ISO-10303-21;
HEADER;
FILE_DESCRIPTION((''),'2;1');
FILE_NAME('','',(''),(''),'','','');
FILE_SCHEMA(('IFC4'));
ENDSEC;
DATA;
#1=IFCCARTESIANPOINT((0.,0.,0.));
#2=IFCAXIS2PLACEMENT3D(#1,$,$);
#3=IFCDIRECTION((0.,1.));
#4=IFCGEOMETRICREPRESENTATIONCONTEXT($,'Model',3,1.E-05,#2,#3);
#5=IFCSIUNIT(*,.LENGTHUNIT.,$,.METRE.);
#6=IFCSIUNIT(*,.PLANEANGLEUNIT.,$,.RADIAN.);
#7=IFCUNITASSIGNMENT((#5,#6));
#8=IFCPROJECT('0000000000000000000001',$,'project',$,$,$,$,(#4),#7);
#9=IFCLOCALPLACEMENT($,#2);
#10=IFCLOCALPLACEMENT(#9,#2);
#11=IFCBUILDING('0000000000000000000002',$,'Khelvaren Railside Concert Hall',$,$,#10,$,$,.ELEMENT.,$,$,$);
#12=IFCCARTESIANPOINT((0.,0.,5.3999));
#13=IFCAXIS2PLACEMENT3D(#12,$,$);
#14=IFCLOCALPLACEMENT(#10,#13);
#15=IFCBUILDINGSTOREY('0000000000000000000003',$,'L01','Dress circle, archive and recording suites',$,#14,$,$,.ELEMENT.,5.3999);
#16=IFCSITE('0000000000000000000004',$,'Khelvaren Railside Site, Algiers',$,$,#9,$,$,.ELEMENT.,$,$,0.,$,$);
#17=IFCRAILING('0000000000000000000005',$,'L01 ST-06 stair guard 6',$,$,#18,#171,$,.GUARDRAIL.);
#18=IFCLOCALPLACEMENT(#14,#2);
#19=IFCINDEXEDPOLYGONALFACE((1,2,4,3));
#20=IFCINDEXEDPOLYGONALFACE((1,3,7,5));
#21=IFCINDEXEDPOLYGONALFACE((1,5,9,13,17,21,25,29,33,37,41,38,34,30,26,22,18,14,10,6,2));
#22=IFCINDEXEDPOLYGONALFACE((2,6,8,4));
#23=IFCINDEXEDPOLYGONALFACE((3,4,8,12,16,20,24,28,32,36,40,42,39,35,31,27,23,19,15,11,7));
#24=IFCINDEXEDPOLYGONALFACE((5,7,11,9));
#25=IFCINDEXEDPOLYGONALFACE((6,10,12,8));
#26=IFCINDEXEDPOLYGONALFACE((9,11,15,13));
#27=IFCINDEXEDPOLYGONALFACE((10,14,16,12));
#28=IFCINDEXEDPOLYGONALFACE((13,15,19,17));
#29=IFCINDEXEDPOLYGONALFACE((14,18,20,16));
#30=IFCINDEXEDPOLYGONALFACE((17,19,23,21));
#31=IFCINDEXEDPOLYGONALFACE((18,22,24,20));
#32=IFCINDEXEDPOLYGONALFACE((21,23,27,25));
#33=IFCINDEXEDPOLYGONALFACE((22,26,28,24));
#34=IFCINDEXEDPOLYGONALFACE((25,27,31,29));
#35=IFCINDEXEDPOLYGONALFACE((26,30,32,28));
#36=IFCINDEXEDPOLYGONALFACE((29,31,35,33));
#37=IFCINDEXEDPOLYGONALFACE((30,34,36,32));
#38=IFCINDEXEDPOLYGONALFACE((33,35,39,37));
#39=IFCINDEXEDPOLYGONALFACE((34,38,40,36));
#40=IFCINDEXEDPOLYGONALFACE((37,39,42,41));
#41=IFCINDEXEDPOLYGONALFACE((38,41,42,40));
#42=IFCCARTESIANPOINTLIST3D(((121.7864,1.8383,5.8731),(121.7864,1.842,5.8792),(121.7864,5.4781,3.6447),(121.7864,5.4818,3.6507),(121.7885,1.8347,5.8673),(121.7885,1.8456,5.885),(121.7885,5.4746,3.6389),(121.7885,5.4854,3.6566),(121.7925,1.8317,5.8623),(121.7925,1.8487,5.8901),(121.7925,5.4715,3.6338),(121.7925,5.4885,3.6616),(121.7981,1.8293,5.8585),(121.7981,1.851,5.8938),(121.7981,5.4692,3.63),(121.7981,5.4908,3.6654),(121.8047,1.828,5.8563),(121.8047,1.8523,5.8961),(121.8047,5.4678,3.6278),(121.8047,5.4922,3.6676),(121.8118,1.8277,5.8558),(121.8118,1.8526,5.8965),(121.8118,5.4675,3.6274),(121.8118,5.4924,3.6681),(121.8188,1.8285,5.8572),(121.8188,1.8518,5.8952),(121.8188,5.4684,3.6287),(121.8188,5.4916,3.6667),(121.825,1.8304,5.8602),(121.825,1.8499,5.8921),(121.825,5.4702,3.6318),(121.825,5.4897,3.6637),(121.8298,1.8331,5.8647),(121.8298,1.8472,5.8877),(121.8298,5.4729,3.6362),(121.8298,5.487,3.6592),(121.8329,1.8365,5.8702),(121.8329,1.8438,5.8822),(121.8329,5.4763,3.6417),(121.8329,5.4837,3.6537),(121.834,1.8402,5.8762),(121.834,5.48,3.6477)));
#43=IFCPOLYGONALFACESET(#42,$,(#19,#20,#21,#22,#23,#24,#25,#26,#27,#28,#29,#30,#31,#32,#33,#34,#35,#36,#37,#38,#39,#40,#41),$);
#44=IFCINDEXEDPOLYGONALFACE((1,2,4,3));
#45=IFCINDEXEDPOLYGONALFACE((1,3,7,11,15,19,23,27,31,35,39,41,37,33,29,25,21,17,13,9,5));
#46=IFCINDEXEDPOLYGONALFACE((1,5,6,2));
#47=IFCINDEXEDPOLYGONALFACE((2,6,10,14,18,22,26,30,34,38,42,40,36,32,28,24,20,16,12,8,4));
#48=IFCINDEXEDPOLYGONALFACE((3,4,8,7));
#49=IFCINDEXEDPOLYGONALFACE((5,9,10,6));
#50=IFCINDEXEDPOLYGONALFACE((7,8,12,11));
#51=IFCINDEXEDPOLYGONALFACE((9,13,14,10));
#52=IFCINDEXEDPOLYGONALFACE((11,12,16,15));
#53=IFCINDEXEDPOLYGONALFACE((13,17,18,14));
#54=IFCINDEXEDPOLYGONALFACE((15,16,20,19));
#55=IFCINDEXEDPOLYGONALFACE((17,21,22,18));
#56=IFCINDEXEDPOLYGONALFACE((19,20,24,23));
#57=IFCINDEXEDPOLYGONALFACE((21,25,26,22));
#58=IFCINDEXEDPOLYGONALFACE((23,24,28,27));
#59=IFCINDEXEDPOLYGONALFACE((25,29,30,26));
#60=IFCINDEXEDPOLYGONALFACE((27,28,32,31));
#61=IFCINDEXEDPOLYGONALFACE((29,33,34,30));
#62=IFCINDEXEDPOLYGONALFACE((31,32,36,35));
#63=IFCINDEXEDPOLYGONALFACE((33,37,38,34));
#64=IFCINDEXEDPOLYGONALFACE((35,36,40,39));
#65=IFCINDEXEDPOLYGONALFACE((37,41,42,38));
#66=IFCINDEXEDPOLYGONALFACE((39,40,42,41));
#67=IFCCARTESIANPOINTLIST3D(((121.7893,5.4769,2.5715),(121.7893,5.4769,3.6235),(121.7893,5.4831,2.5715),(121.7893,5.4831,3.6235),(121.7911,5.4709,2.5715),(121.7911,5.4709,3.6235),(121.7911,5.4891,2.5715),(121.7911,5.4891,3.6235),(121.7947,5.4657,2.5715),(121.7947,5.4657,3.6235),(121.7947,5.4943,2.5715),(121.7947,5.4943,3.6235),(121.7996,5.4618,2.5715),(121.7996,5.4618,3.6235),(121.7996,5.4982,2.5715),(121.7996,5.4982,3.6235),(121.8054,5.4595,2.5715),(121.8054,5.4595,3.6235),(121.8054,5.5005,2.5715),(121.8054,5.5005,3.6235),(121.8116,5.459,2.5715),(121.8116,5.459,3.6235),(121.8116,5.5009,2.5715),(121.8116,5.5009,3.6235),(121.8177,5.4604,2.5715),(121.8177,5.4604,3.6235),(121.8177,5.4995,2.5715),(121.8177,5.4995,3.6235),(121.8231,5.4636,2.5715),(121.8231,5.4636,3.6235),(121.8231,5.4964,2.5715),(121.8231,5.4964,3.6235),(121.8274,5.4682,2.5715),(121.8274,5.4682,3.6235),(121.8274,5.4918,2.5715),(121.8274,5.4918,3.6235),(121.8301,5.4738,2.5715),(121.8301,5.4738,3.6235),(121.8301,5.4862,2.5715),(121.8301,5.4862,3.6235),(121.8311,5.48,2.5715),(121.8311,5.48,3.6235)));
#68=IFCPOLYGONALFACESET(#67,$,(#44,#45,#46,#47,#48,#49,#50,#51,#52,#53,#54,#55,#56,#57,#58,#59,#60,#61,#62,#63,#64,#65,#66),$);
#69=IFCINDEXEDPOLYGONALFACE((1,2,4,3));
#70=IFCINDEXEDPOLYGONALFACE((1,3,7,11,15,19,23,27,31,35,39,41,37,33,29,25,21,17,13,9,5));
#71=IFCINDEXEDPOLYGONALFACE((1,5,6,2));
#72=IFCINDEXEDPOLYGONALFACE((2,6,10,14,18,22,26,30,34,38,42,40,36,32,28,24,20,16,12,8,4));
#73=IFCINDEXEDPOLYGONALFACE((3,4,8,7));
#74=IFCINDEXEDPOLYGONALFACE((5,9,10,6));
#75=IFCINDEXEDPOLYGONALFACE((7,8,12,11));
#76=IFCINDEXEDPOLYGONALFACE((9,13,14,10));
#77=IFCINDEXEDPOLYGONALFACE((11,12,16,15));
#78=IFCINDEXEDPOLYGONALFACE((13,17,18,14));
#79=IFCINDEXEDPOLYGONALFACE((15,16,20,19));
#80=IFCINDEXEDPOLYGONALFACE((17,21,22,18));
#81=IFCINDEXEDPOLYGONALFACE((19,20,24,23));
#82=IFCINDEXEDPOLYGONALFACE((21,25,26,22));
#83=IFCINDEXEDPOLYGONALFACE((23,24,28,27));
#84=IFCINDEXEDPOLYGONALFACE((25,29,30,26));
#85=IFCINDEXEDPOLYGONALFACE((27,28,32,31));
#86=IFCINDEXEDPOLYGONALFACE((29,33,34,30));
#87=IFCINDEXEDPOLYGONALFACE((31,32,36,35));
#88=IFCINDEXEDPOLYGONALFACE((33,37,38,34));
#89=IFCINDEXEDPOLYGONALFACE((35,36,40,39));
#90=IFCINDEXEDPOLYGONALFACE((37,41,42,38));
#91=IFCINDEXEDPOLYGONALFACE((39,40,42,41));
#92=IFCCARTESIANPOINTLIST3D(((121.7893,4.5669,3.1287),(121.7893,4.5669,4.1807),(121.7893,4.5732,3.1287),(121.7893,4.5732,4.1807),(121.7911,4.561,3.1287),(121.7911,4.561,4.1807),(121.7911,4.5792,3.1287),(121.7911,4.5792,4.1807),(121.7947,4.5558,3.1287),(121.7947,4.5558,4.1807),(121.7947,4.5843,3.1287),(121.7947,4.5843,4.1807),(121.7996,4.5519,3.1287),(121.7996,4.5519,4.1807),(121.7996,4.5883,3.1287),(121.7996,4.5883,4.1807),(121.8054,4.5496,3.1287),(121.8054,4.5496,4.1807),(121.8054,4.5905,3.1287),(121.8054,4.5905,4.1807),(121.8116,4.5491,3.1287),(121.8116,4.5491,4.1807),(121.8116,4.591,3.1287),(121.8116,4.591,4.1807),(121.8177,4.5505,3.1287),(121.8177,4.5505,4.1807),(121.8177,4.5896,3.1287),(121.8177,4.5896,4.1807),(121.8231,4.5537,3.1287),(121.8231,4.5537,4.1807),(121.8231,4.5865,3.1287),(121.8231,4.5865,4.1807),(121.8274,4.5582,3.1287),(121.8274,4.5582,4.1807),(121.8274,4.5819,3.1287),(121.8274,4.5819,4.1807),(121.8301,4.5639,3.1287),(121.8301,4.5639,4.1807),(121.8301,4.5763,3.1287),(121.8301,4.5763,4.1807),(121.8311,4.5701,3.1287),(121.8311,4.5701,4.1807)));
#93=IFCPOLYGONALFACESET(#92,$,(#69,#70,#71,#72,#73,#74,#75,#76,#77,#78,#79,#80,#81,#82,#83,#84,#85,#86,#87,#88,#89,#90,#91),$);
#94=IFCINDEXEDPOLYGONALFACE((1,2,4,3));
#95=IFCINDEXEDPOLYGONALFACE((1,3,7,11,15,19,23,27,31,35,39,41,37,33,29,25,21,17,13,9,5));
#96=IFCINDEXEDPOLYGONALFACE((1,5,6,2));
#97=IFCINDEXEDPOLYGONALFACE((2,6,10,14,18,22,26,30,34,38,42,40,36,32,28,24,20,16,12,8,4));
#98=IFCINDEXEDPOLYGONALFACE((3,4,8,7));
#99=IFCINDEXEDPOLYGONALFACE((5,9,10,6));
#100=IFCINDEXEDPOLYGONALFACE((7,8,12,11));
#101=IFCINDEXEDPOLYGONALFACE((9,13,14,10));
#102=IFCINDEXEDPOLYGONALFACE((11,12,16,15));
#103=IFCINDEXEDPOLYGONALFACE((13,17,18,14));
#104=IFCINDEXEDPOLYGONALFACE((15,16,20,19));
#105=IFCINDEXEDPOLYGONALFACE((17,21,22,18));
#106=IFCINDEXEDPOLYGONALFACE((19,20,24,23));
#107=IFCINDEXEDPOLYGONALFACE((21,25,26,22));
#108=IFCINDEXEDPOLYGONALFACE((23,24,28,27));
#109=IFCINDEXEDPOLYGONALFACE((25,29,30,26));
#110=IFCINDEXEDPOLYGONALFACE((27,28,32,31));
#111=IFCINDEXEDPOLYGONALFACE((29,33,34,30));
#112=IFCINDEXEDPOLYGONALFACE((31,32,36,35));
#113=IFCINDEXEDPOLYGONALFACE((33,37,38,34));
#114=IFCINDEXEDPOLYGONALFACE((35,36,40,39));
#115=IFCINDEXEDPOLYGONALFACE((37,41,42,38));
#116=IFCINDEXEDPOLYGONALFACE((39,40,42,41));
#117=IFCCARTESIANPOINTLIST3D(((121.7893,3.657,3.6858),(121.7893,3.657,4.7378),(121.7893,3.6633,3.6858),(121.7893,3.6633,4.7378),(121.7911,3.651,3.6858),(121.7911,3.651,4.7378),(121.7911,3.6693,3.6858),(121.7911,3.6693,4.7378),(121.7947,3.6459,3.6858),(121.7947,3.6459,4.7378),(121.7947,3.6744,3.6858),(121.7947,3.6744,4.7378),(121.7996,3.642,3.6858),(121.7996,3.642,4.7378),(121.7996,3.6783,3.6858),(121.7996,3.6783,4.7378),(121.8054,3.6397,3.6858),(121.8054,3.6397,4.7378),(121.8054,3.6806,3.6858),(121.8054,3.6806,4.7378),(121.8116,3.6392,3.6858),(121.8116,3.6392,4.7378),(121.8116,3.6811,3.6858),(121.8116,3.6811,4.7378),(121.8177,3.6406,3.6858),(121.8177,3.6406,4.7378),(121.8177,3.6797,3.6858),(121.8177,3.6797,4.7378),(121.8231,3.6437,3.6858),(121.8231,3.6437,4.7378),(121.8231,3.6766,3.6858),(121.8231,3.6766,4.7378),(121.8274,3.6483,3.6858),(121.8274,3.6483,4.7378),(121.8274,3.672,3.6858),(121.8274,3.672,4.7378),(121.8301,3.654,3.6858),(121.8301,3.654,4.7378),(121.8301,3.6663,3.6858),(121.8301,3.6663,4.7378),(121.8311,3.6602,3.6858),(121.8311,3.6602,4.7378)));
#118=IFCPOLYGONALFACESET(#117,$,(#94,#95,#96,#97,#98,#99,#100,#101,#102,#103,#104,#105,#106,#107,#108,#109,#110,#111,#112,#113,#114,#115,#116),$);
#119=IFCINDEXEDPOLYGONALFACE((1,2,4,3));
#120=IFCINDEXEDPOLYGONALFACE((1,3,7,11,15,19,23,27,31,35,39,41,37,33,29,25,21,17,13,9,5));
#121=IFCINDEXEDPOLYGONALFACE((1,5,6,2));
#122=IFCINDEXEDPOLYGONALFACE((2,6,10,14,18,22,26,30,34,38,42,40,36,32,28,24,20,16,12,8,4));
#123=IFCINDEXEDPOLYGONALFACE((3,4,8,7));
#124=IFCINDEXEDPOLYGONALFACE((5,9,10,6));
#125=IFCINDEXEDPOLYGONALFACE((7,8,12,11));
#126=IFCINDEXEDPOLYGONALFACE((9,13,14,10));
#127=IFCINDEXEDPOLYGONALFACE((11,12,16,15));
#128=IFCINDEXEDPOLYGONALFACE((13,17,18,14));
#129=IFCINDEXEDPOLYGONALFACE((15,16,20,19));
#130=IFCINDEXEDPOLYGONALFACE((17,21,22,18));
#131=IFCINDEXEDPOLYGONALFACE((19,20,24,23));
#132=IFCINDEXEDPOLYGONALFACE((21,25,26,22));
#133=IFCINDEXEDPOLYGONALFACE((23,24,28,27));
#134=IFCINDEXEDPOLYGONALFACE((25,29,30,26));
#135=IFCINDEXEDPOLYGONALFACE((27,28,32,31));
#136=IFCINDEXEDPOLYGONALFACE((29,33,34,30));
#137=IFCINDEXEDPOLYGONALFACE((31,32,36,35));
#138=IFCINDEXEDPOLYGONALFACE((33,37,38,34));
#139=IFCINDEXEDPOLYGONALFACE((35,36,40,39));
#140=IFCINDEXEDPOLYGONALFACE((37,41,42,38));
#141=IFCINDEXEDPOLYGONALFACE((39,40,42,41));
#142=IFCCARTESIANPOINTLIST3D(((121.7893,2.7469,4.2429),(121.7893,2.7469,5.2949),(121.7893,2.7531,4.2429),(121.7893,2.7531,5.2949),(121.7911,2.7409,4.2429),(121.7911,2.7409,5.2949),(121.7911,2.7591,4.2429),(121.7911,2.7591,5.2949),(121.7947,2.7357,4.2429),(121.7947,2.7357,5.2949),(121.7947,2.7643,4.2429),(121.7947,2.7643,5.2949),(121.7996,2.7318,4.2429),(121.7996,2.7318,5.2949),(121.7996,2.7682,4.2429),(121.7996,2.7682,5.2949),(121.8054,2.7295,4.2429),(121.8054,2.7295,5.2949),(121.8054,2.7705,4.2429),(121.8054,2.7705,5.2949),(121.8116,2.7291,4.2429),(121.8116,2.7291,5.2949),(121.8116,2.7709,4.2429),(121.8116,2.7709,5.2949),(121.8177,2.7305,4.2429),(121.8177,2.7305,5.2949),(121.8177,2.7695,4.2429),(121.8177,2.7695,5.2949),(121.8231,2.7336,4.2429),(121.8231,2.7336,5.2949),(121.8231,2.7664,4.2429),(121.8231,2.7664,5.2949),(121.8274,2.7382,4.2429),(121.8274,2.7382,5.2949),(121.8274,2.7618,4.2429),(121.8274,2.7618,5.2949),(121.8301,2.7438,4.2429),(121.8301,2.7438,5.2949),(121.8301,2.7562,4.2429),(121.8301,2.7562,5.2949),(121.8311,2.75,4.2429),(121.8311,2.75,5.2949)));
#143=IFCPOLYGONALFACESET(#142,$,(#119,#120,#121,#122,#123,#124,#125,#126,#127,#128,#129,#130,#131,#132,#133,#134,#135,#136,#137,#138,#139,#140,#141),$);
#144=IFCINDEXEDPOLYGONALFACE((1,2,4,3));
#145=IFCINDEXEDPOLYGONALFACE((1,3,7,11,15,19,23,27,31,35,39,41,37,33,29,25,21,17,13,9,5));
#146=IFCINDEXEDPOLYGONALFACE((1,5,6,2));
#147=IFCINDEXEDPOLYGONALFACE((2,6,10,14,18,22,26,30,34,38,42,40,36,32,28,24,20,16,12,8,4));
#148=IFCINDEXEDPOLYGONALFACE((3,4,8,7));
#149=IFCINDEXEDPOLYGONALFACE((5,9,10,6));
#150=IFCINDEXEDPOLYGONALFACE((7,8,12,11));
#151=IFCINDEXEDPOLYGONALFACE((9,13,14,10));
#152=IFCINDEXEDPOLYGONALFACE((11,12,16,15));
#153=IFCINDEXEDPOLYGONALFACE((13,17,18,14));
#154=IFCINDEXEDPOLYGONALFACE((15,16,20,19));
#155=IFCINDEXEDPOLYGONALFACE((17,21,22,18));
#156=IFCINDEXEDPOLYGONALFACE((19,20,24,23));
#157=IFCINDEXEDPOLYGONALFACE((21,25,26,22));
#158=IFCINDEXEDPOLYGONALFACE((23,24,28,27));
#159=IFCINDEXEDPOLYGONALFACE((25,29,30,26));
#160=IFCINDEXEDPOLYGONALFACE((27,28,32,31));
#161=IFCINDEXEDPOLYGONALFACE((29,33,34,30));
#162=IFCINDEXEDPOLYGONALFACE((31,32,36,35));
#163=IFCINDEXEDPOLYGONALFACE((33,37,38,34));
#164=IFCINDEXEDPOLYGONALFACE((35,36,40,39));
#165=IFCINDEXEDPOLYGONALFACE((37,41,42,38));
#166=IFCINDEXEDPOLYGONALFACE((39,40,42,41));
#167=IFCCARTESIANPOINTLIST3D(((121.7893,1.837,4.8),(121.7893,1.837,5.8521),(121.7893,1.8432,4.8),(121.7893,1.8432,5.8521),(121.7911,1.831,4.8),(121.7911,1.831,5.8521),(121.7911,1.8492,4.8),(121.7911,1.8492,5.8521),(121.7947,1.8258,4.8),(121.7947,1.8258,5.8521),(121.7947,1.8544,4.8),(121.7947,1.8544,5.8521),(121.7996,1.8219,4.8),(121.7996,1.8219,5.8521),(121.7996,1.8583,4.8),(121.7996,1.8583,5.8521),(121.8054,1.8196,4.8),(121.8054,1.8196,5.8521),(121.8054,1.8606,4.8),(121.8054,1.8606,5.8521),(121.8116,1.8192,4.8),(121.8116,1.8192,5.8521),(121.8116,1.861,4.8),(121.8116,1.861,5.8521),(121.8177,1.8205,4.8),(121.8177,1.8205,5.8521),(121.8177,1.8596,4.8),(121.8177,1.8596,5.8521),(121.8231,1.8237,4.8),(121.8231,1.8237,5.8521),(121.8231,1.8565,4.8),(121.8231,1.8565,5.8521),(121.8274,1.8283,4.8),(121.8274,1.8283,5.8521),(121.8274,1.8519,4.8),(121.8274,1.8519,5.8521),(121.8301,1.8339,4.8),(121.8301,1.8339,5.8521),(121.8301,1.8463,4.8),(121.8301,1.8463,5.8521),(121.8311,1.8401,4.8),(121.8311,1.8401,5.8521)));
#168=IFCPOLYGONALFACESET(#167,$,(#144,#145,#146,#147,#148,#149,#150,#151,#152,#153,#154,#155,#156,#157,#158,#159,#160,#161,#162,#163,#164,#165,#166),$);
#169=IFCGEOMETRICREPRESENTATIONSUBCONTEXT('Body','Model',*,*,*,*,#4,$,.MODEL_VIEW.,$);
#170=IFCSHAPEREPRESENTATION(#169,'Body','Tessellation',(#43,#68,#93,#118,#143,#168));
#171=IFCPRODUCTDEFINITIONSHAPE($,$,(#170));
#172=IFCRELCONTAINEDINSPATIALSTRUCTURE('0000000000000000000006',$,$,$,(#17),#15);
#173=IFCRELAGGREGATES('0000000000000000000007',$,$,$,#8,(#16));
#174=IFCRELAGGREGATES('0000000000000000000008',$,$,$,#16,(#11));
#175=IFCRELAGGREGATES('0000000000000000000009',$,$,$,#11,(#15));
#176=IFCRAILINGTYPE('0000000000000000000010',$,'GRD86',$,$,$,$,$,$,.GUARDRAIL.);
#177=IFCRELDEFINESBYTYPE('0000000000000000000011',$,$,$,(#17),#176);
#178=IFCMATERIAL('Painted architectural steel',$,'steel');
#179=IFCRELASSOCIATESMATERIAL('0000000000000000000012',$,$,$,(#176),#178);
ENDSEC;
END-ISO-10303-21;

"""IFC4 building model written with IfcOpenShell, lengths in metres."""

from ifc_helpers import new_model, si_unit, direction, frame, origin, origin_2d, place, context, subcontext, project, spatial, circle, extrude, material, type_object, element, save


model = new_model("IFC4")

# Units and contexts
model_context = context("Model", 3, precision=1e-05, world=origin(), true_north=direction((0.0, 1.0)))
body_context = subcontext(model_context, "Body", "Model", "MODEL_VIEW")
ifc_project = project(units=[si_unit("LENGTHUNIT", "METRE"), si_unit("PLANEANGLEUNIT", "RADIAN")], contexts=[model_context])

# Site, building, storey
site_placement = place(None, origin())
site = spatial("IfcSite", under=ifc_project, at=site_placement, Name="Khelvaren Railside Site, Algiers", CompositionType="ELEMENT", RefElevation=0.0)
building_placement = place(site_placement, origin())
building = spatial("IfcBuilding", under=site, at=building_placement, Name="Khelvaren Railside Concert Hall", CompositionType="ELEMENT")
storey_placement = place(building_placement, frame((0.0, 0.0, 5.3999)))
storey = spatial("IfcBuildingStorey", under=building, at=storey_placement, Name="L01", Description="Dress circle, archive and recording suites", CompositionType="ELEMENT", Elevation=5.3999)

# Railing
ifc_material_1 = material(Name="Painted architectural steel", Category="steel")
railing_type_1 = type_object("IfcRailingType", Name="GRD86", PredefinedType="GUARDRAIL", material=ifc_material_1)
railing_1_placement = place(storey_placement, frame((121.8101, 5.48, 2.5715)))
element("IfcRailing", 1, at=railing_1_placement, inside=storey, type_object=railing_type_1, Name="L01 ST-06 stair guard 6", PredefinedType="GUARDRAIL", context=body_context, shape_type="SweptSolid", body=[
    extrude(circle(Radius=0.0239, at=origin_2d()), frame((0.0, 0.0, 1.0762), z_axis=(0.0, -0.85285, 0.522156), x_axis=(1.0, 0.0, 0.0)), (0.0, 0.0, 1.0), 4.2678),
    extrude(circle(Radius=0.021, at=origin_2d()), origin(), (0.0, 0.0, 1.0), 1.052),
    extrude(circle(Radius=0.021, at=origin_2d()), frame((0.0, -0.9099, 0.5571)), (0.0, 0.0, 1.0), 1.052),
    extrude(circle(Radius=0.021, at=origin_2d()), frame((0.0, -1.8198, 1.1143)), (0.0, 0.0, 1.0), 1.052),
    extrude(circle(Radius=0.021, at=origin_2d()), frame((0.0, -2.73, 1.6714)), (0.0, 0.0, 1.0), 1.052),
    extrude(circle(Radius=0.021, at=origin_2d()), frame((0.0, -3.6399, 2.2285)), (0.0, 0.0, 1.0), 1.052),
])

save(model, "model.ifc")
